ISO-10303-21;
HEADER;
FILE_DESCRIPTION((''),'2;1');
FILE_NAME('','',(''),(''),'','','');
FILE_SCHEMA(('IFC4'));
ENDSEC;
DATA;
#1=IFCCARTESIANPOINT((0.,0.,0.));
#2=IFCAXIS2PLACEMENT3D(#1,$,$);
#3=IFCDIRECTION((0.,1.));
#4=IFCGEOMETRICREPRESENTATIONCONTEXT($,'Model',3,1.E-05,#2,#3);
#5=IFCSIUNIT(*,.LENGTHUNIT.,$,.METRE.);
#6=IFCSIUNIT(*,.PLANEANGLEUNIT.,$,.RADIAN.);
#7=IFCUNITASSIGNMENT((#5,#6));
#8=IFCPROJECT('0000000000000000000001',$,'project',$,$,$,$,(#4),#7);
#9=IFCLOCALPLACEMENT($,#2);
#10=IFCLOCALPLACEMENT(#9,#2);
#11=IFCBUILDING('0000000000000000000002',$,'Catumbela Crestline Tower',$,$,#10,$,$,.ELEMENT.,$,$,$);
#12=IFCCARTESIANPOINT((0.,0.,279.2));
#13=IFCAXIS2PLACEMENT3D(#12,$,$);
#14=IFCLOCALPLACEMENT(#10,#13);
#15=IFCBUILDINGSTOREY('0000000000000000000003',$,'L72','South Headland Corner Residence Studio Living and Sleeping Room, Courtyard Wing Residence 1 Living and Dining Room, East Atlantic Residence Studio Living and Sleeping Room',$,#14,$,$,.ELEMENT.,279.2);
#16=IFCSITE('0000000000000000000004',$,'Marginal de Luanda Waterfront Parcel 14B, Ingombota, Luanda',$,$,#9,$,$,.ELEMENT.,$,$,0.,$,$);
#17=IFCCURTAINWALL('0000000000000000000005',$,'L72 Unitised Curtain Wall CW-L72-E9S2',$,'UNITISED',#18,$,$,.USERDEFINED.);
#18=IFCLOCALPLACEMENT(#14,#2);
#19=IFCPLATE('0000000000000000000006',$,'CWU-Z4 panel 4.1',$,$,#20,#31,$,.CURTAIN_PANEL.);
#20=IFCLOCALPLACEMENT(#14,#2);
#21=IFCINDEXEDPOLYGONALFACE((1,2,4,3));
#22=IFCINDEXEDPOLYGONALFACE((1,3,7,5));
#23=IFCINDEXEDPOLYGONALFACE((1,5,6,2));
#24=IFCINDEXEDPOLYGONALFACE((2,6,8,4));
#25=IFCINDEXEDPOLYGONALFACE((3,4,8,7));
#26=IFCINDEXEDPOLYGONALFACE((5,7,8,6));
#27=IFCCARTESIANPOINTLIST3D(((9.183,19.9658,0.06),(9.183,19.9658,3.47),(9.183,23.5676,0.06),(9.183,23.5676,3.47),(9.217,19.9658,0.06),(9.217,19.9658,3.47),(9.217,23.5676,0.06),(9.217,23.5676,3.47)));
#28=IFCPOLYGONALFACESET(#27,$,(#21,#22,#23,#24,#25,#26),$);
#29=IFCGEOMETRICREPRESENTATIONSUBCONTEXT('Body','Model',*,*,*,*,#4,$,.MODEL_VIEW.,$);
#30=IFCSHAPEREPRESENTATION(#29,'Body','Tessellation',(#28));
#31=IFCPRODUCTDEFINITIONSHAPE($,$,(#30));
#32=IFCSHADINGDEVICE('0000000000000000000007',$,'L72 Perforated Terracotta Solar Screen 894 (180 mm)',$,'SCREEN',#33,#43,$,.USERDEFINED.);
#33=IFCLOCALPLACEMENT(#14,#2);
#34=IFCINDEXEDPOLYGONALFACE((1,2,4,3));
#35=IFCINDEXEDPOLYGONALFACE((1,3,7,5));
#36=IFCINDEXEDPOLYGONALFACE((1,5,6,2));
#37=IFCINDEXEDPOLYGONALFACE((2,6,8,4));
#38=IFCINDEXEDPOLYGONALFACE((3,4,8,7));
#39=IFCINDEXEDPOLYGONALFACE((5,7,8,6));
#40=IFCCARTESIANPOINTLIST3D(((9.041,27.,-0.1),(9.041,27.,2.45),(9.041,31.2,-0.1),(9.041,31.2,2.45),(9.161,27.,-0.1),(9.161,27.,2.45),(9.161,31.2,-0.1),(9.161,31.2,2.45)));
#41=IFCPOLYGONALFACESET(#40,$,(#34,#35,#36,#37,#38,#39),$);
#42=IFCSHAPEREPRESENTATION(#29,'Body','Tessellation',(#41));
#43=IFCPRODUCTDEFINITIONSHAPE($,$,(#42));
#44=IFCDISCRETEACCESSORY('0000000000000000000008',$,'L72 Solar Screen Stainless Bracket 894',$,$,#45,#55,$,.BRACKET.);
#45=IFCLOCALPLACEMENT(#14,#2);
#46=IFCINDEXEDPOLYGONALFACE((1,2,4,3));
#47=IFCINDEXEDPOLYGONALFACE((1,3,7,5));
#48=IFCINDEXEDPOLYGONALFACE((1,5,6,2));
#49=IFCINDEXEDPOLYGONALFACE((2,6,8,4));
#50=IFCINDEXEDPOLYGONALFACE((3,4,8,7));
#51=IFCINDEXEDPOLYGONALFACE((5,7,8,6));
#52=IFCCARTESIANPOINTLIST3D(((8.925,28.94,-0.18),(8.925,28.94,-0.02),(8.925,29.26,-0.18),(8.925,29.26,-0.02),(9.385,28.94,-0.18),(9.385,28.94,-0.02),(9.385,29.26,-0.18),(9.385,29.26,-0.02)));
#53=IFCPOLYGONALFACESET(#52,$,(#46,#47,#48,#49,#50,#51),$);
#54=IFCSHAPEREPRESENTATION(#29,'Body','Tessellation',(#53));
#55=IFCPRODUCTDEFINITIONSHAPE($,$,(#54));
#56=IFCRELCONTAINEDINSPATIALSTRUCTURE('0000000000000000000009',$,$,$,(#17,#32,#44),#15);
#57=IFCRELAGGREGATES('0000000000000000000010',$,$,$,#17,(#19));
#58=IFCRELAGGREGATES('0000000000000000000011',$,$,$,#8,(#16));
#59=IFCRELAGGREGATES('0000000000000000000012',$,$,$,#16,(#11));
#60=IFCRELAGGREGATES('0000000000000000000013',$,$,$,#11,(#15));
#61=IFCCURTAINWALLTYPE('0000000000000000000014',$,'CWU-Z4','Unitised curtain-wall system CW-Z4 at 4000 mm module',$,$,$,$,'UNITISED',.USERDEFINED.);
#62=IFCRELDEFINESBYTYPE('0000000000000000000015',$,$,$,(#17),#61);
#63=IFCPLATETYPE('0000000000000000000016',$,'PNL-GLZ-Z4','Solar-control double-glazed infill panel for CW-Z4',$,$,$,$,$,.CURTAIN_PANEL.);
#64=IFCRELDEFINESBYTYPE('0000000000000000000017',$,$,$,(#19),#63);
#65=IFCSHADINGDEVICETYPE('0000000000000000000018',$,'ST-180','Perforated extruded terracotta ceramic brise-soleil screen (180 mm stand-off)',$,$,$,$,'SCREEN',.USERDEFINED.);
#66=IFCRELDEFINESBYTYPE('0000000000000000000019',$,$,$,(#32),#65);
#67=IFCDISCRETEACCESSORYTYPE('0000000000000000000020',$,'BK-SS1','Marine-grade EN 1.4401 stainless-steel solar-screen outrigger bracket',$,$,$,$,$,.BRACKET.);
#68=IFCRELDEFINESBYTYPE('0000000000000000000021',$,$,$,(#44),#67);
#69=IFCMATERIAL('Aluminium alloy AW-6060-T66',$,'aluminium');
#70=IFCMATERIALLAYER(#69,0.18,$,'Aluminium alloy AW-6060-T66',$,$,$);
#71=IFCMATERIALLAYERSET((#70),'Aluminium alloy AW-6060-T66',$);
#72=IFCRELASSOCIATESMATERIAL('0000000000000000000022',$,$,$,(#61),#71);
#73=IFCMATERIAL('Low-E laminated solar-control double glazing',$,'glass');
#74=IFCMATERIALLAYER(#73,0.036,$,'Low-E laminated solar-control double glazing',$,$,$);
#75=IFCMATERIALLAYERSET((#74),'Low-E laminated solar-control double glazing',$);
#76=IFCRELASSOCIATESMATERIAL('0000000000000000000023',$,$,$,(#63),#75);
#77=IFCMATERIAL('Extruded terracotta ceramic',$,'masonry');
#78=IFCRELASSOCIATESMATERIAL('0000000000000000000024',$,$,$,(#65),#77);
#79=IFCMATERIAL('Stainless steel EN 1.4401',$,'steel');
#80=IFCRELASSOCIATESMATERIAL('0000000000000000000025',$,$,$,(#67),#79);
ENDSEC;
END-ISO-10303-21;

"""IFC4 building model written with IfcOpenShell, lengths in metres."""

from ifc_helpers import new_model, si_unit, direction, frame, origin, origin_2d, place, context, subcontext, project, spatial, rectangle, extrude, material, layer, layer_set, type_object, element, aggregate, save


model = new_model("IFC4")

# Units and contexts
model_context = context("Model", 3, precision=1e-05, world=origin(), true_north=direction((0.0, 1.0)))
body_context = subcontext(model_context, "Body", "Model", "MODEL_VIEW")
ifc_project = project(units=[si_unit("LENGTHUNIT", "METRE"), si_unit("PLANEANGLEUNIT", "RADIAN")], contexts=[model_context])

# Site, building, storey
site_placement = place(None, origin())
site = spatial("IfcSite", under=ifc_project, at=site_placement, Name="Marginal de Luanda Waterfront Parcel 14B, Ingombota, Luanda", CompositionType="ELEMENT", RefElevation=0.0)
building_placement = place(site_placement, origin())
building = spatial("IfcBuilding", under=site, at=building_placement, Name="Catumbela Crestline Tower", CompositionType="ELEMENT")
storey_placement = place(building_placement, frame((0.0, 0.0, 279.2)))
storey = spatial("IfcBuildingStorey", under=building, at=storey_placement, Name="L72", Description="South Headland Corner Residence Studio Living and Sleeping Room, Courtyard Wing Residence 1 Living and Dining Room, East Atlantic Residence Studio Living and Sleeping Room", CompositionType="ELEMENT", Elevation=279.2)

# Curtain wall, plate
ifc_material_1 = material(Name="Aluminium alloy AW-6060-T66", Category="aluminium")
ifc_layer_1 = layer(ifc_material_1, 0.18, Name="Aluminium alloy AW-6060-T66")
ifc_layer_set_1 = layer_set([ifc_layer_1], Name="Aluminium alloy AW-6060-T66")
curtain_wall_type = type_object("IfcCurtainWallType", Name="CWU-Z4", Description="Unitised curtain-wall system CW-Z4 at 4000 mm module", ElementType="UNITISED", PredefinedType="USERDEFINED", material=ifc_layer_set_1)
curtain_wall_placement = place(storey_placement, origin())
curtain_wall = element("IfcCurtainWall", 1, at=curtain_wall_placement, inside=storey, type_object=curtain_wall_type, Name="L72 Unitised Curtain Wall CW-L72-E9S2", ObjectType="UNITISED", PredefinedType="USERDEFINED")
ifc_material_2 = material(Name="Low-E laminated solar-control double glazing", Category="glass")
ifc_layer_2 = layer(ifc_material_2, 0.036, Name="Low-E laminated solar-control double glazing")
ifc_layer_set_2 = layer_set([ifc_layer_2], Name="Low-E laminated solar-control double glazing")
plate_type = type_object("IfcPlateType", Name="PNL-GLZ-Z4", Description="Solar-control double-glazed infill panel for CW-Z4", PredefinedType="CURTAIN_PANEL", material=ifc_layer_set_2)
plate_1_placement = place(storey_placement, frame((9.2, 21.7667, 0.06), z_axis=(0.0, 0.0, 1.0), x_axis=(0.0, -1.0, 0.0)))
plate_1 = element("IfcPlate", 2, at=plate_1_placement, type_object=plate_type, Name="CWU-Z4 panel 4.1", PredefinedType="CURTAIN_PANEL", context=body_context, shape_type="SweptSolid", body=[
    extrude(rectangle(XDim=3.6017, YDim=0.034, at=origin_2d()), origin(), (0.0, 0.0, 1.0), 3.41),
])
aggregate(curtain_wall, [plate_1])

# Shading device
ifc_material_3 = material(Name="Extruded terracotta ceramic", Category="masonry")
shading_device_type = type_object("IfcShadingDeviceType", Name="ST-180", Description="Perforated extruded terracotta ceramic brise-soleil screen (180 mm stand-off)", ElementType="SCREEN", PredefinedType="USERDEFINED", material=ifc_material_3)
shading_device_placement = place(storey_placement, frame((9.101, 29.1, -0.1), z_axis=(0.0, 0.0, 1.0), x_axis=(0.0, -1.0, 0.0)))
element("IfcShadingDevice", 3, at=shading_device_placement, inside=storey, type_object=shading_device_type, Name="L72 Perforated Terracotta Solar Screen 894 (180 mm)", ObjectType="SCREEN", PredefinedType="USERDEFINED", context=body_context, shape_type="SweptSolid", body=[
    extrude(rectangle(XDim=4.2, YDim=0.12, at=origin_2d()), origin(), (0.0, 0.0, 1.0), 2.55),
])

# Discrete accessory
ifc_material_4 = material(Name="Stainless steel EN 1.4401", Category="steel")
discrete_accessory_type = type_object("IfcDiscreteAccessoryType", Name="BK-SS1", Description="Marine-grade EN 1.4401 stainless-steel solar-screen outrigger bracket", PredefinedType="BRACKET", material=ifc_material_4)
discrete_accessory_placement = place(storey_placement, frame((9.155, 29.1, -0.18), z_axis=(0.0, 0.0, 1.0), x_axis=(0.0, -1.0, 0.0)))
element("IfcDiscreteAccessory", 4, at=discrete_accessory_placement, inside=storey, type_object=discrete_accessory_type, Name="L72 Solar Screen Stainless Bracket 894", PredefinedType="BRACKET", context=body_context, shape_type="SweptSolid", body=[
    extrude(rectangle(XDim=0.32, YDim=0.46, at=origin_2d()), origin(), (0.0, 0.0, 1.0), 0.16),
])

save(model, "model.ifc")
